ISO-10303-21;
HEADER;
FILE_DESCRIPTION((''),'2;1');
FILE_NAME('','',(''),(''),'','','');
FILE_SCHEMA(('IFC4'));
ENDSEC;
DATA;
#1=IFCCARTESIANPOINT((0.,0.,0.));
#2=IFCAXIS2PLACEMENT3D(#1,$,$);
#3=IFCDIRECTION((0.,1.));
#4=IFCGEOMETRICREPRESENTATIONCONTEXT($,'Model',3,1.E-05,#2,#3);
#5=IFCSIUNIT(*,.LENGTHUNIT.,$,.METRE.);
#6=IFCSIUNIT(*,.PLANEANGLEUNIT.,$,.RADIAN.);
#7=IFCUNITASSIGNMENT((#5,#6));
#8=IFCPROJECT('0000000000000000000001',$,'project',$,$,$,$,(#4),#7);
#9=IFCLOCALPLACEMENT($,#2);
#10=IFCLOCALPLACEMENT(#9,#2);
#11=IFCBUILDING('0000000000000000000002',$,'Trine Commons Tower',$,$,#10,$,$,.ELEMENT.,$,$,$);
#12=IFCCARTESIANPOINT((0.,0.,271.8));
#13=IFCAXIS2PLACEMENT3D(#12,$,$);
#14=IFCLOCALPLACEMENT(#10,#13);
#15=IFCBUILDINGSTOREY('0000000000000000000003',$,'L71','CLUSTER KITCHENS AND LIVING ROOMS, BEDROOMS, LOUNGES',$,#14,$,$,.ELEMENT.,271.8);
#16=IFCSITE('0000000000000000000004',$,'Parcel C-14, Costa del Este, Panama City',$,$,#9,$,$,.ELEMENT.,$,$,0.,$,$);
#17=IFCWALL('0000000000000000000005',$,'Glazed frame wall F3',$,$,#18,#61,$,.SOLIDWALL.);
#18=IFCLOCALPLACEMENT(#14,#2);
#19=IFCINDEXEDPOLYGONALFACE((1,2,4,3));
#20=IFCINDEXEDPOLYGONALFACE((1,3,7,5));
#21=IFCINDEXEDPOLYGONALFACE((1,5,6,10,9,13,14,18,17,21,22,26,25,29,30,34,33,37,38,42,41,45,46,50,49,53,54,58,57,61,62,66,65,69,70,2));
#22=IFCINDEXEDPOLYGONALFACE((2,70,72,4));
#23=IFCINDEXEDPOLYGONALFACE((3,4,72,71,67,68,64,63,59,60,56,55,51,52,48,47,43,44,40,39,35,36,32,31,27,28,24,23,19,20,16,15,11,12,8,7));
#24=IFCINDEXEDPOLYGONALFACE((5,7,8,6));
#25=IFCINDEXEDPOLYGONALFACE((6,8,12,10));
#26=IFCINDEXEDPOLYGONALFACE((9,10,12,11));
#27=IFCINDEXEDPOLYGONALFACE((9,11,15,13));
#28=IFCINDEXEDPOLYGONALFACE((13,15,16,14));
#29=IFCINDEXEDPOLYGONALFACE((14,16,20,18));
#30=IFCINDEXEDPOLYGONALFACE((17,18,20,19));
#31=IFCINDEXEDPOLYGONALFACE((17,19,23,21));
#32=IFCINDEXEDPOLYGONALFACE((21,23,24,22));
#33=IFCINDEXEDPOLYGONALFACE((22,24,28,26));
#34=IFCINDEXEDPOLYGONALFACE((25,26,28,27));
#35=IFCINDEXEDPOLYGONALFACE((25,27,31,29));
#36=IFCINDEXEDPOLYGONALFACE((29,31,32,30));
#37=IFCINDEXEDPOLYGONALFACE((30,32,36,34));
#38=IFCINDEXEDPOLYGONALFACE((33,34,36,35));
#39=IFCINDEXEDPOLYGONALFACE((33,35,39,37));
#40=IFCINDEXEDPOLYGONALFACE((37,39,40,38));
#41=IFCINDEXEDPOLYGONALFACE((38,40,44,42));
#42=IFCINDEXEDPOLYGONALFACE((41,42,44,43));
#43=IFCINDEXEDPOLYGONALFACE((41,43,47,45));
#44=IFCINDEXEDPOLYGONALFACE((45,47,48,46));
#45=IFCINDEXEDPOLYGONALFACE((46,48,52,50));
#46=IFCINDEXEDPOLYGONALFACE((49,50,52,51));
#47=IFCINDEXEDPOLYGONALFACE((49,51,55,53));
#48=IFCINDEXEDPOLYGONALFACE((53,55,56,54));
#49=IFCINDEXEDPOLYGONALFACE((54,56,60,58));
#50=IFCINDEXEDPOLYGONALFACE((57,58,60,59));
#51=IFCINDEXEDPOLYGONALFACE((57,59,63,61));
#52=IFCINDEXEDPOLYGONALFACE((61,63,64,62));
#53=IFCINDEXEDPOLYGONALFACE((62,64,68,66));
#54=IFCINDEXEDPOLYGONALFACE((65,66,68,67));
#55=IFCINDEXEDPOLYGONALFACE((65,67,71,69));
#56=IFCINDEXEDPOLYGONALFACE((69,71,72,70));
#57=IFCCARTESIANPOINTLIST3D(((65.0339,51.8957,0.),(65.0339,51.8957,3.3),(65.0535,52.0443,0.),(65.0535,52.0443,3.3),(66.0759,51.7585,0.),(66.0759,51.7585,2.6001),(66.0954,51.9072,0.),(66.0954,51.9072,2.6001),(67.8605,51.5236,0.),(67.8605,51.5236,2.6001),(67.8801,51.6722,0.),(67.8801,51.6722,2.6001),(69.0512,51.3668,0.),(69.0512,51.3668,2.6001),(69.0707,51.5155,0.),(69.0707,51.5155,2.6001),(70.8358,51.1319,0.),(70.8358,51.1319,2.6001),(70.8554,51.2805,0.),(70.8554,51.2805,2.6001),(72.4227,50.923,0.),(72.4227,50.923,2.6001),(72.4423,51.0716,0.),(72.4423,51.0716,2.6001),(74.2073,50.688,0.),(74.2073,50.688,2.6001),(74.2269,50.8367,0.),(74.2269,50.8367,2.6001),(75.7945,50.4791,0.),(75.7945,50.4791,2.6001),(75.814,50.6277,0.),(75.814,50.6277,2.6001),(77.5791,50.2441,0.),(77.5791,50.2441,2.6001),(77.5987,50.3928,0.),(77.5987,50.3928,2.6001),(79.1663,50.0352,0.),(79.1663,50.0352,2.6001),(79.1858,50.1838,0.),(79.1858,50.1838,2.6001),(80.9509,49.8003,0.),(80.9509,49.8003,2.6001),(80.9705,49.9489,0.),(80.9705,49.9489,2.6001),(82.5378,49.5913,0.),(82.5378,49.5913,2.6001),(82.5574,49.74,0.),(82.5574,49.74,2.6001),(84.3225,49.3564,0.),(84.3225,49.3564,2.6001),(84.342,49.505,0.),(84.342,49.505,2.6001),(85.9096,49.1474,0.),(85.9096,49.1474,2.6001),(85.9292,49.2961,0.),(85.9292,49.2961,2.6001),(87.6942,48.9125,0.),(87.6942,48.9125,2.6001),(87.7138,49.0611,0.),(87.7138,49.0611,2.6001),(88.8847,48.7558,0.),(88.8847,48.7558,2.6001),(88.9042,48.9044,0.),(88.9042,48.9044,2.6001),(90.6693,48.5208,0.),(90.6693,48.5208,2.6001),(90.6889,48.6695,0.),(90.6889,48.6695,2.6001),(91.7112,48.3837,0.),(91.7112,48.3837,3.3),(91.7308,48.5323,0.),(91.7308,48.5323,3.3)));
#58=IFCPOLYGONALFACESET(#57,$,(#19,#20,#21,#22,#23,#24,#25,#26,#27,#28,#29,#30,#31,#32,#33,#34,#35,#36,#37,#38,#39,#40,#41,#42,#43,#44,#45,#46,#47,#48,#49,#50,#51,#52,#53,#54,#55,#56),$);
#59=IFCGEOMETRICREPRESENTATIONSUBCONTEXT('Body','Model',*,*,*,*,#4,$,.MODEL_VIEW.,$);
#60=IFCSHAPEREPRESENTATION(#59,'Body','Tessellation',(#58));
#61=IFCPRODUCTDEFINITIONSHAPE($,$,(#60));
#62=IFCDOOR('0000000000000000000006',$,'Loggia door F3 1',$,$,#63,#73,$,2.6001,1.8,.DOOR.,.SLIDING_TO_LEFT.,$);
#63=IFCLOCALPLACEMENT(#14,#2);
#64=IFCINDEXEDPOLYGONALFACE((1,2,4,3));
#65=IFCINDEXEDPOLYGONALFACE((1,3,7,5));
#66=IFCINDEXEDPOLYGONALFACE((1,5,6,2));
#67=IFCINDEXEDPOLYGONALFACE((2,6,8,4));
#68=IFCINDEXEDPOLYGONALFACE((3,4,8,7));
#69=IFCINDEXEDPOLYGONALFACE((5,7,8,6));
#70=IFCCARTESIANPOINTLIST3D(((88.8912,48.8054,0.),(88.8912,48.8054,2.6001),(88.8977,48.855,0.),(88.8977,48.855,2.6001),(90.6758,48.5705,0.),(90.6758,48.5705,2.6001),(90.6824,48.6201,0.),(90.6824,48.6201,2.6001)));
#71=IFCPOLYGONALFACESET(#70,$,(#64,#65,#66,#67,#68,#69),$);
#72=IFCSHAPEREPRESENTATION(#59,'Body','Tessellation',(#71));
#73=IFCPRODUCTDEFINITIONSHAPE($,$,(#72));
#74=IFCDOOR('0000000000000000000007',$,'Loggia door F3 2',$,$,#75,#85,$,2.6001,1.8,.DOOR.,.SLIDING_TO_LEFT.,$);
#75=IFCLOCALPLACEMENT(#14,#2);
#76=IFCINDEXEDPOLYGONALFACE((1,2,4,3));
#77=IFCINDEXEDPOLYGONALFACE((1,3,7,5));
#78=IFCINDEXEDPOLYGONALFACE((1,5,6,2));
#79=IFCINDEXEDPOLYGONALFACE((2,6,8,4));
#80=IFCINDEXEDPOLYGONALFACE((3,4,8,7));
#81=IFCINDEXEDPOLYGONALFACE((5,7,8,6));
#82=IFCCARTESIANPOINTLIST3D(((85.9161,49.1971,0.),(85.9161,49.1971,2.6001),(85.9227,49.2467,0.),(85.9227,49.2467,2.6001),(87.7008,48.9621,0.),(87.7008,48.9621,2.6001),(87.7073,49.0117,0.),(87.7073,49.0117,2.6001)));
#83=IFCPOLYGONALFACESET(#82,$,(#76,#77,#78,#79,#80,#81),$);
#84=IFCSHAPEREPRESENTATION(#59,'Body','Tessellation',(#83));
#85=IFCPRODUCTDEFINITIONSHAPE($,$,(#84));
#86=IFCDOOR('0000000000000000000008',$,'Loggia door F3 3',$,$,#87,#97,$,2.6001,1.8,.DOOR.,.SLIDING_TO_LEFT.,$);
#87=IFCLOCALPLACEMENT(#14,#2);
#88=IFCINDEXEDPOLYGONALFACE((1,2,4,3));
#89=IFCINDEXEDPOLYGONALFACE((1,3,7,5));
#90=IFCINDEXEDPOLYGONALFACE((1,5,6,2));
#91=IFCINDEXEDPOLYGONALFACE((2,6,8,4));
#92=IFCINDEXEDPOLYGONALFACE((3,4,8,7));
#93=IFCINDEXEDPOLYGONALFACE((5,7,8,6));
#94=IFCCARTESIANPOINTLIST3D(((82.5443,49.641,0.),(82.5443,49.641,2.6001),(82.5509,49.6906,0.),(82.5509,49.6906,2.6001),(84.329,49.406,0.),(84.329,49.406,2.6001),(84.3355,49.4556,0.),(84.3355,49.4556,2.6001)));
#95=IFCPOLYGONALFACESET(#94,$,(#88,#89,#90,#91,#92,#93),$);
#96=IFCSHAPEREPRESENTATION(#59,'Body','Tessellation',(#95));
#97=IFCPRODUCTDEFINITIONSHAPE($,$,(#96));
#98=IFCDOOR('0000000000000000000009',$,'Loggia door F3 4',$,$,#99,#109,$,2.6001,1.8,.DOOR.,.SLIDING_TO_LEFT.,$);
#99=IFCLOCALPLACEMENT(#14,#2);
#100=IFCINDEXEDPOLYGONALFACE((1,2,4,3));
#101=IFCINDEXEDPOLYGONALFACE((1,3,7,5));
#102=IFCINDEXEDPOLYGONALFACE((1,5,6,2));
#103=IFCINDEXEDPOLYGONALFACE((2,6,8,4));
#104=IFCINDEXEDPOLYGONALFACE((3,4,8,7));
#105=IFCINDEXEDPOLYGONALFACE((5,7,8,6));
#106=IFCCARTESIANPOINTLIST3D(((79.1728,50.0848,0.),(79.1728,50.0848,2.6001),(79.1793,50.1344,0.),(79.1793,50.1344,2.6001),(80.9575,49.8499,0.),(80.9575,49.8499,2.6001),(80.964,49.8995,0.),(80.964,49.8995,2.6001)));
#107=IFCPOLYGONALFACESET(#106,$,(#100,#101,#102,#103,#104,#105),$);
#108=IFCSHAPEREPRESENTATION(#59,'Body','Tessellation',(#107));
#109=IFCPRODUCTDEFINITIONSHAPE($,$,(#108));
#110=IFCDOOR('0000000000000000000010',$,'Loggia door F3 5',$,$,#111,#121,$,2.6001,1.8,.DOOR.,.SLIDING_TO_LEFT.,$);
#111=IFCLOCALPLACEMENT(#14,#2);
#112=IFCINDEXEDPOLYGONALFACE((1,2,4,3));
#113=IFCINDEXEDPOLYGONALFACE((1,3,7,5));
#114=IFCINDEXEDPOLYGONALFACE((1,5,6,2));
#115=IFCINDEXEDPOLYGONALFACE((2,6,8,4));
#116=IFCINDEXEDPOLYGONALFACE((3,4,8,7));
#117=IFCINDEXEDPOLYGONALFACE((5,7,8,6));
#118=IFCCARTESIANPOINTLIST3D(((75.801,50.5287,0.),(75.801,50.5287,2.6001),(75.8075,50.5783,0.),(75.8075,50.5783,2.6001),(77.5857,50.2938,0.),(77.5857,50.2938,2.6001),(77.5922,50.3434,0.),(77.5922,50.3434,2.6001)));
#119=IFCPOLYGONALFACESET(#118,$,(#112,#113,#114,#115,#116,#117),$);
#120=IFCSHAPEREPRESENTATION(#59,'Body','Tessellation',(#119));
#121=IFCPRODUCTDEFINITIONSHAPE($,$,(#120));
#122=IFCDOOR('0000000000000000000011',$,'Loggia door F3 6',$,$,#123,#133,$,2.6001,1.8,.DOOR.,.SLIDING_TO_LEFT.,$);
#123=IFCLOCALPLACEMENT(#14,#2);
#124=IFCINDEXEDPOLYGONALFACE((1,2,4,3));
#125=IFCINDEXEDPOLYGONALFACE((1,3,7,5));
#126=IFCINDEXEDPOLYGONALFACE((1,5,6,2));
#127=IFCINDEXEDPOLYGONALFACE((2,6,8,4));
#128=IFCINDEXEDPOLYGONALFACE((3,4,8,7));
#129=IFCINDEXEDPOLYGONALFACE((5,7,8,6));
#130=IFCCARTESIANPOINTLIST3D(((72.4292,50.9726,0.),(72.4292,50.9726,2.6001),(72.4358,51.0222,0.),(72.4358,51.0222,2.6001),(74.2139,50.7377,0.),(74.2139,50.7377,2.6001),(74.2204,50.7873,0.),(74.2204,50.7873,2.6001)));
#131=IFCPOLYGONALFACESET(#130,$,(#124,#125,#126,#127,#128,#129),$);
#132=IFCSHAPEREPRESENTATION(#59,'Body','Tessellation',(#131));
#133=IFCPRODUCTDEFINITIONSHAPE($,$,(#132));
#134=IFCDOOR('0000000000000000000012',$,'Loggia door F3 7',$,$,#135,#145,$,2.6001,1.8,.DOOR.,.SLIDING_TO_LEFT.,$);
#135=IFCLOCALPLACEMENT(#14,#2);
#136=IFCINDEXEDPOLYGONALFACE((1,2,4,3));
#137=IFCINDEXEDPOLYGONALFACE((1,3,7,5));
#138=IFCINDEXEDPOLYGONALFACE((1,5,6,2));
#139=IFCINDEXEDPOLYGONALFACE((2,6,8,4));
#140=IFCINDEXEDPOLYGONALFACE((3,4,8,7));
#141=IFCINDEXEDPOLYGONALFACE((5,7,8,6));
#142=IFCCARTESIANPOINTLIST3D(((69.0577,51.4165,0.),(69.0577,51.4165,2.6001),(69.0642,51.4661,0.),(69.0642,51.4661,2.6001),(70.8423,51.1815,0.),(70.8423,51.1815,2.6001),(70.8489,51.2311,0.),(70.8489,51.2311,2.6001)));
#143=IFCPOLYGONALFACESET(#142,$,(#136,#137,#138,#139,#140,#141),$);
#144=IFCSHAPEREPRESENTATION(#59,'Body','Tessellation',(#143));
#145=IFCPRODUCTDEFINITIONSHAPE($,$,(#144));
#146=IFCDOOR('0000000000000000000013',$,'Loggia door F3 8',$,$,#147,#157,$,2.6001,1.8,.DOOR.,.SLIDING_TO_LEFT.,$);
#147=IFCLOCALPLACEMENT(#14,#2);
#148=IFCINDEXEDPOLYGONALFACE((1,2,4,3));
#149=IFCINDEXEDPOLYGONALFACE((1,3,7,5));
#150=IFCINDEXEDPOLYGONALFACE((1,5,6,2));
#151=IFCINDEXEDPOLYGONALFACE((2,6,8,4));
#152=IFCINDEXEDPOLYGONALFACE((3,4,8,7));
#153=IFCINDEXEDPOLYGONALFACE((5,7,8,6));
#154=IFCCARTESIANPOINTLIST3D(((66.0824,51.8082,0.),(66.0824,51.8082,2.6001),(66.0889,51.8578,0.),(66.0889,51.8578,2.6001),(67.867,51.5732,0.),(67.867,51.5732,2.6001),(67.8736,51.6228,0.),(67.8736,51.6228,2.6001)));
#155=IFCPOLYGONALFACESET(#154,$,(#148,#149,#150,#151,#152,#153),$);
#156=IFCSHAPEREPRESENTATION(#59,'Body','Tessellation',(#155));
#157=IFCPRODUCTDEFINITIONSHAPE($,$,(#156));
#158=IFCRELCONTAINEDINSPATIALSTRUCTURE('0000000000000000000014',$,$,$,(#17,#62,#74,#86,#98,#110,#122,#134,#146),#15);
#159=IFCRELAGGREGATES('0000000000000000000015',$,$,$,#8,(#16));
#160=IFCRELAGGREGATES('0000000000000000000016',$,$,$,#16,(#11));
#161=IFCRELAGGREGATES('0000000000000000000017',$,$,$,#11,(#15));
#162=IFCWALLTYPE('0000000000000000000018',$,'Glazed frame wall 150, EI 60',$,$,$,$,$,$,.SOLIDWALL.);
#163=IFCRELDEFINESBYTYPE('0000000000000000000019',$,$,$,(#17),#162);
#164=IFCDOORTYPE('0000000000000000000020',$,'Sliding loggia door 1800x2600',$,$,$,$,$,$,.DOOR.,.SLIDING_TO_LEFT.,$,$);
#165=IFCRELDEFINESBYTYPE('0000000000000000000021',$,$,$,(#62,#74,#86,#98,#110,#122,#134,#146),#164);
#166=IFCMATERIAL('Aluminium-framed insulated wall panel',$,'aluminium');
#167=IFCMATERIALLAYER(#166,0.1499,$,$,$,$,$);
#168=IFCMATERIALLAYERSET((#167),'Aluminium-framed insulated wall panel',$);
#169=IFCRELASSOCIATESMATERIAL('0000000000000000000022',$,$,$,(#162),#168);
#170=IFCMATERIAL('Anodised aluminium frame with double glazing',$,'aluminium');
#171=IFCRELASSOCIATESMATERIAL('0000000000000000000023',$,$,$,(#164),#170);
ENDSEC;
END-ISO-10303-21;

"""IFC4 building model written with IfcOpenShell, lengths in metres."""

from ifc_helpers import new_model, si_unit, direction, frame, frame_2d, origin, place, context, subcontext, project, spatial, polyline, rectangle, outline, extrude, material, layer, layer_set, type_object, element, fill, save


model = new_model("IFC4")

# Units and contexts
model_context = context("Model", 3, precision=1e-05, world=origin(), true_north=direction((0.0, 1.0)))
body_context = subcontext(model_context, "Body", "Model", "MODEL_VIEW")
ifc_project = project(units=[si_unit("LENGTHUNIT", "METRE"), si_unit("PLANEANGLEUNIT", "RADIAN")], contexts=[model_context])

# Site, building, storey
site_placement = place(None, origin())
site = spatial("IfcSite", under=ifc_project, at=site_placement, Name="Parcel C-14, Costa del Este, Panama City", CompositionType="ELEMENT", RefElevation=0.0)
building_placement = place(site_placement, origin())
building = spatial("IfcBuilding", under=site, at=building_placement, Name="Trine Commons Tower", CompositionType="ELEMENT")
storey_placement = place(building_placement, frame((0.0, 0.0, 271.8)))
storey = spatial("IfcBuildingStorey", under=building, at=storey_placement, Name="L71", Description="CLUSTER KITCHENS AND LIVING ROOMS, BEDROOMS, LOUNGES", CompositionType="ELEMENT", Elevation=271.8)

# Shared definitions
ifc_material_1 = material(Name="Aluminium-framed insulated wall panel", Category="aluminium")
ifc_layer_1 = layer(ifc_material_1, 0.1499)
ifc_layer_set_1 = layer_set([ifc_layer_1], Name="Aluminium-framed insulated wall panel")
wall_type_1 = type_object("IfcWallType", Name="Glazed frame wall 150, EI 60", PredefinedType="SOLIDWALL", material=ifc_layer_set_1)

# Wall, openings, doors
wall_1_placement = place(storey_placement, frame((91.8691, 48.4385, 0.0), z_axis=(0.0, 0.0, 1.0), x_axis=(-0.991445, 0.130523, 0.0)))
wall_1 = element("IfcWall", 1, at=wall_1_placement, inside=storey, type_object=wall_type_1, Name="Glazed frame wall F3", PredefinedType="SOLIDWALL", context=body_context, shape_type="SweptSolid", body=[
    extrude(outline(polyline([(0.1494, 0.075), (0.1494, -0.075), (27.0569, -0.075), (27.0569, 0.075), (0.1494, 0.075)])), origin(), (0.0, 0.0, 1.0), 3.3),
])
opening_1_placement = place(wall_1_placement, frame((1.2004, 0.0, 0.0)))
opening_1 = element("IfcOpeningElement", 2, at=opening_1_placement, cuts=wall_1, PredefinedType="OPENING", context=body_context, shape_type="SweptSolid", body=[
    extrude(rectangle(XDim=1.8, YDim=2.6001, at=frame_2d((0.8999, 1.3))), frame((0.0, 0.085, 0.0), z_axis=(0.0, -1.0, 0.0), x_axis=(1.0, 0.0, 0.0)), (0.0, 0.0, 1.0), 0.1699),
])
opening_2_placement = place(wall_1_placement, frame((4.2012, 0.0, 0.0)))
opening_2 = element("IfcOpeningElement", 3, at=opening_2_placement, cuts=wall_1, PredefinedType="OPENING", context=body_context, shape_type="SweptSolid", body=[
    extrude(rectangle(XDim=1.8, YDim=2.6001, at=frame_2d((0.8999, 1.3))), frame((0.0, 0.085, 0.0), z_axis=(0.0, -1.0, 0.0), x_axis=(1.0, 0.0, 0.0)), (0.0, 0.0, 1.0), 0.1699),
])
opening_3_placement = place(wall_1_placement, frame((7.6021, 0.0, 0.0)))
opening_3 = element("IfcOpeningElement", 4, at=opening_3_placement, cuts=wall_1, PredefinedType="OPENING", context=body_context, shape_type="SweptSolid", body=[
    extrude(rectangle(XDim=1.8, YDim=2.6001, at=frame_2d((0.8999, 1.3))), frame((0.0, 0.085, 0.0), z_axis=(0.0, -1.0, 0.0), x_axis=(1.0, 0.0, 0.0)), (0.0, 0.0, 1.0), 0.1699),
])
opening_4_placement = place(wall_1_placement, frame((11.0027, 0.0, 0.0)))
opening_4 = element("IfcOpeningElement", 5, at=opening_4_placement, cuts=wall_1, PredefinedType="OPENING", context=body_context, shape_type="SweptSolid", body=[
    extrude(rectangle(XDim=1.8, YDim=2.6001, at=frame_2d((0.8999, 1.3))), frame((0.0, 0.085, 0.0), z_axis=(0.0, -1.0, 0.0), x_axis=(1.0, 0.0, 0.0)), (0.0, 0.0, 1.0), 0.1699),
])
opening_5_placement = place(wall_1_placement, frame((14.4036, 0.0, 0.0)))
opening_5 = element("IfcOpeningElement", 6, at=opening_5_placement, cuts=wall_1, PredefinedType="OPENING", context=body_context, shape_type="SweptSolid", body=[
    extrude(rectangle(XDim=1.8, YDim=2.6001, at=frame_2d((0.8999, 1.3))), frame((0.0, 0.085, 0.0), z_axis=(0.0, -1.0, 0.0), x_axis=(1.0, 0.0, 0.0)), (0.0, 0.0, 1.0), 0.1699),
])
opening_6_placement = place(wall_1_placement, frame((17.8044, 0.0, 0.0)))
opening_6 = element("IfcOpeningElement", 7, at=opening_6_placement, cuts=wall_1, PredefinedType="OPENING", context=body_context, shape_type="SweptSolid", body=[
    extrude(rectangle(XDim=1.8, YDim=2.6001, at=frame_2d((0.8999, 1.3))), frame((0.0, 0.085, 0.0), z_axis=(0.0, -1.0, 0.0), x_axis=(1.0, 0.0, 0.0)), (0.0, 0.0, 1.0), 0.1699),
])
opening_7_placement = place(wall_1_placement, frame((21.2051, 0.0, 0.0)))
opening_7 = element("IfcOpeningElement", 8, at=opening_7_placement, cuts=wall_1, PredefinedType="OPENING", context=body_context, shape_type="SweptSolid", body=[
    extrude(rectangle(XDim=1.8, YDim=2.6001, at=frame_2d((0.8999, 1.3))), frame((0.0, 0.085, 0.0), z_axis=(0.0, -1.0, 0.0), x_axis=(1.0, 0.0, 0.0)), (0.0, 0.0, 1.0), 0.1699),
])
opening_8_placement = place(wall_1_placement, frame((24.2061, 0.0, 0.0)))
opening_8 = element("IfcOpeningElement", 9, at=opening_8_placement, cuts=wall_1, PredefinedType="OPENING", context=body_context, shape_type="SweptSolid", body=[
    extrude(rectangle(XDim=1.8, YDim=2.6001, at=frame_2d((0.8999, 1.3))), frame((0.0, 0.085, 0.0), z_axis=(0.0, -1.0, 0.0), x_axis=(1.0, 0.0, 0.0)), (0.0, 0.0, 1.0), 0.1699),
])
ifc_material_2 = material(Name="Anodised aluminium frame with double glazing", Category="aluminium")
door_type_1 = type_object("IfcDoorType", Name="Sliding loggia door 1800x2600", OperationType="SLIDING_TO_LEFT", PredefinedType="DOOR", material=ifc_material_2)
door_1_placement = place(opening_1_placement, origin())
door_1 = element("IfcDoor", 10, at=door_1_placement, inside=storey, type_object=door_type_1, Name="Loggia door F3 1", OperationType="SLIDING_TO_LEFT", OverallHeight=2.6001, OverallWidth=1.8, PredefinedType="DOOR", context=body_context, shape_type="SweptSolid", body=[
    extrude(rectangle(XDim=1.8, YDim=2.6001, at=frame_2d((0.8999, 1.3))), frame((0.0, 0.0249, 0.0), z_axis=(0.0, -1.0, 0.0), x_axis=(1.0, 0.0, 0.0)), (0.0, 0.0, 1.0), 0.05),
])
fill(opening_1, door_1)
door_2_placement = place(opening_2_placement, origin())
door_2 = element("IfcDoor", 11, at=door_2_placement, inside=storey, type_object=door_type_1, Name="Loggia door F3 2", OperationType="SLIDING_TO_LEFT", OverallHeight=2.6001, OverallWidth=1.8, PredefinedType="DOOR", context=body_context, shape_type="SweptSolid", body=[
    extrude(rectangle(XDim=1.8, YDim=2.6001, at=frame_2d((0.8999, 1.3))), frame((0.0, 0.0249, 0.0), z_axis=(0.0, -1.0, 0.0), x_axis=(1.0, 0.0, 0.0)), (0.0, 0.0, 1.0), 0.05),
])
fill(opening_2, door_2)
door_3_placement = place(opening_3_placement, origin())
door_3 = element("IfcDoor", 12, at=door_3_placement, inside=storey, type_object=door_type_1, Name="Loggia door F3 3", OperationType="SLIDING_TO_LEFT", OverallHeight=2.6001, OverallWidth=1.8, PredefinedType="DOOR", context=body_context, shape_type="SweptSolid", body=[
    extrude(rectangle(XDim=1.8, YDim=2.6001, at=frame_2d((0.8999, 1.3))), frame((0.0, 0.0249, 0.0), z_axis=(0.0, -1.0, 0.0), x_axis=(1.0, 0.0, 0.0)), (0.0, 0.0, 1.0), 0.05),
])
fill(opening_3, door_3)
door_4_placement = place(opening_4_placement, origin())
door_4 = element("IfcDoor", 13, at=door_4_placement, inside=storey, type_object=door_type_1, Name="Loggia door F3 4", OperationType="SLIDING_TO_LEFT", OverallHeight=2.6001, OverallWidth=1.8, PredefinedType="DOOR", context=body_context, shape_type="SweptSolid", body=[
    extrude(rectangle(XDim=1.8, YDim=2.6001, at=frame_2d((0.8999, 1.3))), frame((0.0, 0.0249, 0.0), z_axis=(0.0, -1.0, 0.0), x_axis=(1.0, 0.0, 0.0)), (0.0, 0.0, 1.0), 0.05),
])
fill(opening_4, door_4)
door_5_placement = place(opening_5_placement, origin())
door_5 = element("IfcDoor", 14, at=door_5_placement, inside=storey, type_object=door_type_1, Name="Loggia door F3 5", OperationType="SLIDING_TO_LEFT", OverallHeight=2.6001, OverallWidth=1.8, PredefinedType="DOOR", context=body_context, shape_type="SweptSolid", body=[
    extrude(rectangle(XDim=1.8, YDim=2.6001, at=frame_2d((0.8999, 1.3))), frame((0.0, 0.0249, 0.0), z_axis=(0.0, -1.0, 0.0), x_axis=(1.0, 0.0, 0.0)), (0.0, 0.0, 1.0), 0.05),
])
fill(opening_5, door_5)
door_6_placement = place(opening_6_placement, origin())
door_6 = element("IfcDoor", 15, at=door_6_placement, inside=storey, type_object=door_type_1, Name="Loggia door F3 6", OperationType="SLIDING_TO_LEFT", OverallHeight=2.6001, OverallWidth=1.8, PredefinedType="DOOR", context=body_context, shape_type="SweptSolid", body=[
    extrude(rectangle(XDim=1.8, YDim=2.6001, at=frame_2d((0.8999, 1.3))), frame((0.0, 0.0249, 0.0), z_axis=(0.0, -1.0, 0.0), x_axis=(1.0, 0.0, 0.0)), (0.0, 0.0, 1.0), 0.05),
])
fill(opening_6, door_6)
door_7_placement = place(opening_7_placement, origin())
door_7 = element("IfcDoor", 16, at=door_7_placement, inside=storey, type_object=door_type_1, Name="Loggia door F3 7", OperationType="SLIDING_TO_LEFT", OverallHeight=2.6001, OverallWidth=1.8, PredefinedType="DOOR", context=body_context, shape_type="SweptSolid", body=[
    extrude(rectangle(XDim=1.8, YDim=2.6001, at=frame_2d((0.8999, 1.3))), frame((0.0, 0.0249, 0.0), z_axis=(0.0, -1.0, 0.0), x_axis=(1.0, 0.0, 0.0)), (0.0, 0.0, 1.0), 0.05),
])
fill(opening_7, door_7)
door_8_placement = place(opening_8_placement, origin())
door_8 = element("IfcDoor", 17, at=door_8_placement, inside=storey, type_object=door_type_1, Name="Loggia door F3 8", OperationType="SLIDING_TO_LEFT", OverallHeight=2.6001, OverallWidth=1.8, PredefinedType="DOOR", context=body_context, shape_type="SweptSolid", body=[
    extrude(rectangle(XDim=1.8, YDim=2.6001, at=frame_2d((0.8999, 1.3))), frame((0.0, 0.0249, 0.0), z_axis=(0.0, -1.0, 0.0), x_axis=(1.0, 0.0, 0.0)), (0.0, 0.0, 1.0), 0.05),
])
fill(opening_8, door_8)

save(model, "model.ifc")
